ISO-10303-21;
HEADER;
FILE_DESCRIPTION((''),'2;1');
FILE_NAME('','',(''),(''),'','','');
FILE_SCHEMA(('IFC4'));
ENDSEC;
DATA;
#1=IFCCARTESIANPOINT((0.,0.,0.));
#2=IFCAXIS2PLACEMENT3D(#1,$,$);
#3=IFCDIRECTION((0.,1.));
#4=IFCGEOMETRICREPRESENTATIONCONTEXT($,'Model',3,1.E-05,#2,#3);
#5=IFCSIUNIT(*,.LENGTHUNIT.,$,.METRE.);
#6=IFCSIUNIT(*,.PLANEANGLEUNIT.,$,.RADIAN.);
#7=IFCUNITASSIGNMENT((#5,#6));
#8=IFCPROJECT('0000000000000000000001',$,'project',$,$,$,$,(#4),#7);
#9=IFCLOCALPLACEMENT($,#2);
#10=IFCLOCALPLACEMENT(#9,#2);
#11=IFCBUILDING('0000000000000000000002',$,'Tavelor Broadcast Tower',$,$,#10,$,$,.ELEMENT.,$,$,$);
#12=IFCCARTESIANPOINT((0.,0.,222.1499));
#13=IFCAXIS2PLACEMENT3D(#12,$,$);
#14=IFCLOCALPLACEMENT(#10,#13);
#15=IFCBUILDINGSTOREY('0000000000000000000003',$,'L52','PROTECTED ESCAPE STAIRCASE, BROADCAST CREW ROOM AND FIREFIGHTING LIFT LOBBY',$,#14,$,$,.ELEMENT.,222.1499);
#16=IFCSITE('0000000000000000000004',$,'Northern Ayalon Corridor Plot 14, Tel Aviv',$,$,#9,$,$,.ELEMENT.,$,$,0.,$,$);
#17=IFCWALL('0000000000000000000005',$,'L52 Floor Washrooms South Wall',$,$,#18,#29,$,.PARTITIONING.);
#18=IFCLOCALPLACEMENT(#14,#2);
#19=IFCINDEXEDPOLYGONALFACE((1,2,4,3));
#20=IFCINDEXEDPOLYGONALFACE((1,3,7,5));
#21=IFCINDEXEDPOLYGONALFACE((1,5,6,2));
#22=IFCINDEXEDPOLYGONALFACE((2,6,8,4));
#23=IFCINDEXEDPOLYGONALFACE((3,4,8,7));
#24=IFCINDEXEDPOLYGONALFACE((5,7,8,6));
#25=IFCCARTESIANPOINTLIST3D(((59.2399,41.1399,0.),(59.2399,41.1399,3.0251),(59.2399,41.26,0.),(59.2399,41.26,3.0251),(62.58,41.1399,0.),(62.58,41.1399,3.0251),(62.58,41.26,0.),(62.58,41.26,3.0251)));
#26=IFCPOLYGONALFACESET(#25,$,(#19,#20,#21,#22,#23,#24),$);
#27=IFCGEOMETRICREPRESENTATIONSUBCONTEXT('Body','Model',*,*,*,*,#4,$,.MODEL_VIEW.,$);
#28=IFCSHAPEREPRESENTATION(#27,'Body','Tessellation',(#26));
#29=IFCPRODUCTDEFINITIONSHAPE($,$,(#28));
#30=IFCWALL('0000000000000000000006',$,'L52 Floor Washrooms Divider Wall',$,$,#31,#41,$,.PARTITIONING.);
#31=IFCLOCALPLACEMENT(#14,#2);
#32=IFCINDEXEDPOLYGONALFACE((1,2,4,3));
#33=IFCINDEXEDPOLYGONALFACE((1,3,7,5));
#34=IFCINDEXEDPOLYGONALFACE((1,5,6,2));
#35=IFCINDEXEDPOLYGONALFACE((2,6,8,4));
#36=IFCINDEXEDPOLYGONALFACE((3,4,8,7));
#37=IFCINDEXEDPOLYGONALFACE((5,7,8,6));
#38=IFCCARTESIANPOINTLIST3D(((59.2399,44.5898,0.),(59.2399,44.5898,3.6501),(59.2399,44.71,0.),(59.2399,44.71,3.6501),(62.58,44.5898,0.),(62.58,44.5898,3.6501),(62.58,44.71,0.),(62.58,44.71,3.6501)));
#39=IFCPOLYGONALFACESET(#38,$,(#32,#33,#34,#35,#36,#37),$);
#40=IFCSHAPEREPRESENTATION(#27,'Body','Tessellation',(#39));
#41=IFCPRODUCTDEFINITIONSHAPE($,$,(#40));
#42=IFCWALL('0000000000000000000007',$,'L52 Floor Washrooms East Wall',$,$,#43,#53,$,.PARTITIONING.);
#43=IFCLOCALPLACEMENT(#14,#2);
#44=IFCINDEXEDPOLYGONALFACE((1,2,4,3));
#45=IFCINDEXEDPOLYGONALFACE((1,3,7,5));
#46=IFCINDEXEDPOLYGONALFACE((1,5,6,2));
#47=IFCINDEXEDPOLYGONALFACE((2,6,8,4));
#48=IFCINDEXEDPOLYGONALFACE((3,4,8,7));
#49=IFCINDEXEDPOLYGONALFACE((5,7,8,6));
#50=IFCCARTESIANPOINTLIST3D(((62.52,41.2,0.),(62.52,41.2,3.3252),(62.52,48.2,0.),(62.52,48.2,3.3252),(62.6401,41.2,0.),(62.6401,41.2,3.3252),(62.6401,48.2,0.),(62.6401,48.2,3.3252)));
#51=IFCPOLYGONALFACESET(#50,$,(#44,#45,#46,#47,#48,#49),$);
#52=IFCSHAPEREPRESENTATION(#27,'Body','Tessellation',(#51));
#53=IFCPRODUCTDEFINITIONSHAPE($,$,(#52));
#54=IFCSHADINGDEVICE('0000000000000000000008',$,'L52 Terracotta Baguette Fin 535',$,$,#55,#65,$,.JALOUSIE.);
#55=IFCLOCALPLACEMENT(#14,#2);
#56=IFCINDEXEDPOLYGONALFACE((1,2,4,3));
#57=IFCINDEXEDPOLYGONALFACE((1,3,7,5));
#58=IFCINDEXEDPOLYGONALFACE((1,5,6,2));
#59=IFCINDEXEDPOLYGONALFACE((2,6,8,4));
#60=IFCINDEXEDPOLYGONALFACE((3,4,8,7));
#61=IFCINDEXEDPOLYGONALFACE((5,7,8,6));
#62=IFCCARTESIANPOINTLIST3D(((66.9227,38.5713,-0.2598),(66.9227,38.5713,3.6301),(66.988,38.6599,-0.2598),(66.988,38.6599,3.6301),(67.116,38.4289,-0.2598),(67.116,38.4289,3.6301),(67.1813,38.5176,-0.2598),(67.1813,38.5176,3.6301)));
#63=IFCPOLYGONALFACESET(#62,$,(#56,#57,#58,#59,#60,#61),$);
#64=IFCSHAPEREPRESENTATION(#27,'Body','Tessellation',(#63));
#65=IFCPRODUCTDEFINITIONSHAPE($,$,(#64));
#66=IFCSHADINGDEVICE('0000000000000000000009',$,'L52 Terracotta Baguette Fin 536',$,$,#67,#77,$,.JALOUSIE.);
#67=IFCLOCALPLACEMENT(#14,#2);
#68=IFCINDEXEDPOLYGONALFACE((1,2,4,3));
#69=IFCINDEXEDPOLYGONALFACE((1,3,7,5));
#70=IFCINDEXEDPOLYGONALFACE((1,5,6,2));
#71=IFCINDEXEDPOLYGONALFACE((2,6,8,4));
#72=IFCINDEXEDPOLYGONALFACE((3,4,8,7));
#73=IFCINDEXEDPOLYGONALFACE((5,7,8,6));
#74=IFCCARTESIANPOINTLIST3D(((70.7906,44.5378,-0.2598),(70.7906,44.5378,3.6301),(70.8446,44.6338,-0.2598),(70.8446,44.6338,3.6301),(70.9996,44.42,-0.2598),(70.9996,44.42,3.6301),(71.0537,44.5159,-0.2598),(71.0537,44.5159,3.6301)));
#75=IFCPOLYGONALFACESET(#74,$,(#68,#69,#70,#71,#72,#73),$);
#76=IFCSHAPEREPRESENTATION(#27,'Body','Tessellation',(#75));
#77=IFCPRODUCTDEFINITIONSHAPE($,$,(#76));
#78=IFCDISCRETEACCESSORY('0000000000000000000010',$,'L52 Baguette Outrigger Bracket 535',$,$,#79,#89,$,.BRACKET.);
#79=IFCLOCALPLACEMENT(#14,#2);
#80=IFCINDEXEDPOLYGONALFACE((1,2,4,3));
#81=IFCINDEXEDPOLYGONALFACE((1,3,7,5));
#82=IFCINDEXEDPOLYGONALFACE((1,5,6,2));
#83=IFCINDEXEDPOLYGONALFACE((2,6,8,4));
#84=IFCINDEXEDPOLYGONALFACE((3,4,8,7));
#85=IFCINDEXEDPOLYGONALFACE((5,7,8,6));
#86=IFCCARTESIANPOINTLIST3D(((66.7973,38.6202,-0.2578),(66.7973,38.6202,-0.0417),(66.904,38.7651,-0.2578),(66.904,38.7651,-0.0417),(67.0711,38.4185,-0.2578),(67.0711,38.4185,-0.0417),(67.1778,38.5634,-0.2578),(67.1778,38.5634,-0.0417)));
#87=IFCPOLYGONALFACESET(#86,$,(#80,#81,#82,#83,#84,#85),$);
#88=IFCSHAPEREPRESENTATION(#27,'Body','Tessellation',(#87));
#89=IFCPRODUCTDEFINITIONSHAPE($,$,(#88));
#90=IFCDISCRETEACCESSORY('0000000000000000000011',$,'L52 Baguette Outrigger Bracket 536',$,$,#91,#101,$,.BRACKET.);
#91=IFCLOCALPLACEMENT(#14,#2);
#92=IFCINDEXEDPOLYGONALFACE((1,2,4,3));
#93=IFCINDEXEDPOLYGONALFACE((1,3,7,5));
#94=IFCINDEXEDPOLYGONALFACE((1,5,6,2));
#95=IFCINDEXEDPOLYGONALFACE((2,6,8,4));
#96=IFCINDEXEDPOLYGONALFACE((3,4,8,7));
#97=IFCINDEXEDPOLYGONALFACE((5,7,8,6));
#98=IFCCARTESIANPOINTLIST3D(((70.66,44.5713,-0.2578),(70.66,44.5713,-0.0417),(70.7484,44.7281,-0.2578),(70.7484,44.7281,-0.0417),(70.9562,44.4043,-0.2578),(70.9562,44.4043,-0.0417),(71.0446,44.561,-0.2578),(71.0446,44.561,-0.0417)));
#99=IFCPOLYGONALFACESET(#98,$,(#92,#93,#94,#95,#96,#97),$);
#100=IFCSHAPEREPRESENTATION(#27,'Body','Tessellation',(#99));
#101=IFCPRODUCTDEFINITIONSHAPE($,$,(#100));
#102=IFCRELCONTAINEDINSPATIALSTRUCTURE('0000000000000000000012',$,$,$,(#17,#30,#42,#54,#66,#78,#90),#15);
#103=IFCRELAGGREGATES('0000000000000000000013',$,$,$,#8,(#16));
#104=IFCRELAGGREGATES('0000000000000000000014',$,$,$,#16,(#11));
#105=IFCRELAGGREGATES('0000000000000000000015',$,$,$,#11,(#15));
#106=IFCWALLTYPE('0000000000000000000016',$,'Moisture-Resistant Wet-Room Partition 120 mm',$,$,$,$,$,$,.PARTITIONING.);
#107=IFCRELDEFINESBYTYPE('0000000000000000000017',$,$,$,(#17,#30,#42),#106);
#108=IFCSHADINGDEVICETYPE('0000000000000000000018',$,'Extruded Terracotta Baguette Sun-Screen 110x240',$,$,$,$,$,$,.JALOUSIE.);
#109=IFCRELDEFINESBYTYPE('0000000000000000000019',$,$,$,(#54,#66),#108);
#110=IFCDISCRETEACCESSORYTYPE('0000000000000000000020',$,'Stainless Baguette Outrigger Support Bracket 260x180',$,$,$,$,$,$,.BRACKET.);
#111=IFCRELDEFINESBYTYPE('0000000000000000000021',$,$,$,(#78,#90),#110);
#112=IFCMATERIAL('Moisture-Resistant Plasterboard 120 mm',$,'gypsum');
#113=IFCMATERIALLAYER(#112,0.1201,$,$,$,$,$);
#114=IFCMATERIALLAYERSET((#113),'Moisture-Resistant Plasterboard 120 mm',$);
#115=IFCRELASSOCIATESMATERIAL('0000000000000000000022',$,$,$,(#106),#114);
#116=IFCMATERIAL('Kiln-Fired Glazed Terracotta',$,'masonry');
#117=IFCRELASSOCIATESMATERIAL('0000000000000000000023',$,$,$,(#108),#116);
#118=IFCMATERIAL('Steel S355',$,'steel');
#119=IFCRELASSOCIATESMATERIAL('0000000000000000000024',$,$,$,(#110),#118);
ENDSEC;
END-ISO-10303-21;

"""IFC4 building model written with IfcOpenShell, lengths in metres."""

from ifc_helpers import new_model, si_unit, direction, frame, frame_2d, origin, origin_2d, place, context, subcontext, project, spatial, rectangle, extrude, source, transform, mapped, material, layer, layer_set, type_object, type_shapes, element, save


model = new_model("IFC4")

# Units and contexts
model_context = context("Model", 3, precision=1e-05, world=origin(), true_north=direction((0.0, 1.0)))
body_context = subcontext(model_context, "Body", "Model", "MODEL_VIEW")
ifc_project = project(units=[si_unit("LENGTHUNIT", "METRE"), si_unit("PLANEANGLEUNIT", "RADIAN")], contexts=[model_context])

# Site, building, storey
site_placement = place(None, origin())
site = spatial("IfcSite", under=ifc_project, at=site_placement, Name="Northern Ayalon Corridor Plot 14, Tel Aviv", CompositionType="ELEMENT", RefElevation=0.0)
building_placement = place(site_placement, origin())
building = spatial("IfcBuilding", under=site, at=building_placement, Name="Tavelor Broadcast Tower", CompositionType="ELEMENT")
storey_placement = place(building_placement, frame((0.0, 0.0, 222.1499)))
storey = spatial("IfcBuildingStorey", under=building, at=storey_placement, Name="L52", Description="PROTECTED ESCAPE STAIRCASE, BROADCAST CREW ROOM AND FIREFIGHTING LIFT LOBBY", CompositionType="ELEMENT", Elevation=222.1499)

# Shared definitions
ifc_material_1 = material(Name="Steel S355", Category="steel")

# Shared definitions
ifc_material_2 = material(Name="Moisture-Resistant Plasterboard 120 mm", Category="gypsum")
ifc_layer_1 = layer(ifc_material_2, 0.1201)
ifc_layer_set_1 = layer_set([ifc_layer_1], Name="Moisture-Resistant Plasterboard 120 mm")
wall_type_1 = type_object("IfcWallType", Name="Moisture-Resistant Wet-Room Partition 120 mm", PredefinedType="PARTITIONING", material=ifc_layer_set_1)

# Walls
wall_1_placement = place(storey_placement, frame((59.24, 41.2, 0.0), z_axis=(0.0, 0.0, 1.0), x_axis=(1.0, 0.0, 0.0)))
element("IfcWall", 1, at=wall_1_placement, inside=storey, type_object=wall_type_1, Name="L52 Floor Washrooms South Wall", PredefinedType="PARTITIONING", context=body_context, shape_type="SweptSolid", body=[
    extrude(rectangle(XDim=3.3401, YDim=0.1201, at=frame_2d((1.6699, 0.0))), origin(), (0.0, 0.0, 1.0), 3.0251),
])
wall_2_placement = place(storey_placement, frame((59.24, 44.6499, 0.0), z_axis=(0.0, 0.0, 1.0), x_axis=(1.0, 0.0, 0.0)))
element("IfcWall", 2, at=wall_2_placement, inside=storey, type_object=wall_type_1, Name="L52 Floor Washrooms Divider Wall", PredefinedType="PARTITIONING", context=body_context, shape_type="SweptSolid", body=[
    extrude(rectangle(XDim=3.3401, YDim=0.1201, at=frame_2d((1.6699, 0.0))), origin(), (0.0, 0.0, 1.0), 3.6501),
])
wall_3_placement = place(storey_placement, frame((62.5801, 41.2, 0.0), z_axis=(0.0, 0.0, 1.0), x_axis=(0.0, 1.0, 0.0)))
element("IfcWall", 3, at=wall_3_placement, inside=storey, type_object=wall_type_1, Name="L52 Floor Washrooms East Wall", PredefinedType="PARTITIONING", context=body_context, shape_type="SweptSolid", body=[
    extrude(rectangle(XDim=7.0, YDim=0.1201, at=frame_2d((3.5, 0.0))), origin(), (0.0, 0.0, 1.0), 3.3252),
])

# Shading devices
ifc_material_3 = material(Name="Kiln-Fired Glazed Terracotta", Category="masonry")
shading_device_type = type_object("IfcShadingDeviceType", Name="Extruded Terracotta Baguette Sun-Screen 110x240", PredefinedType="JALOUSIE", material=ifc_material_3)
shared_shape_1 = source(origin(), body_context, "Body", "SweptSolid", [
    extrude(rectangle(XDim=0.1101, YDim=0.24, at=origin_2d()), origin(), (0.0, 0.0, 1.0), 3.8899),
])
type_shapes(shading_device_type, [shared_shape_1])
for number, where, z_axis, x_axis, name in (
    (4, (67.052, 38.5444, -0.2598), (0.0, 0.0, 1.0), (0.592997, 0.805204, 0.0), "L52 Terracotta Baguette Fin 535"),
    (5, (70.9221, 44.5269, -0.2598), (0.0, 0.0, 1.0), (0.491208, 0.871042, 0.0), "L52 Terracotta Baguette Fin 536"),
):
    element("IfcShadingDevice", number, at=place(storey_placement, frame(where, z_axis=z_axis, x_axis=x_axis)), inside=storey, type_object=shading_device_type, Name=name, PredefinedType="JALOUSIE", context=body_context, shape_type="MappedRepresentation", body=[
        mapped(shared_shape_1, transform((0.0, 0.0, 0.0), scale=1.0)),
    ])

# Discrete accessories
discrete_accessory_type = type_object("IfcDiscreteAccessoryType", Name="Stainless Baguette Outrigger Support Bracket 260x180", PredefinedType="BRACKET", material=ifc_material_1)
shared_shape_2 = source(origin(), body_context, "Body", "SweptSolid", [
    extrude(rectangle(XDim=0.1799, YDim=0.3401, at=origin_2d()), origin(), (0.0, 0.0, 1.0), 0.2161),
])
type_shapes(discrete_accessory_type, [shared_shape_2])
for number, where, z_axis, x_axis, name in (
    (6, (66.9875, 38.5918, -0.2578), (0.0, 0.0, 1.0), (0.592997, 0.805204, 0.0), "L52 Baguette Outrigger Bracket 535"),
    (7, (70.8523, 44.5662, -0.2578), (0.0, 0.0, 1.0), (0.491208, 0.871042, 0.0), "L52 Baguette Outrigger Bracket 536"),
):
    element("IfcDiscreteAccessory", number, at=place(storey_placement, frame(where, z_axis=z_axis, x_axis=x_axis)), inside=storey, type_object=discrete_accessory_type, Name=name, PredefinedType="BRACKET", context=body_context, shape_type="MappedRepresentation", body=[
        mapped(shared_shape_2, transform((0.0, 0.0, 0.0), scale=1.0)),
    ])

save(model, "model.ifc")
